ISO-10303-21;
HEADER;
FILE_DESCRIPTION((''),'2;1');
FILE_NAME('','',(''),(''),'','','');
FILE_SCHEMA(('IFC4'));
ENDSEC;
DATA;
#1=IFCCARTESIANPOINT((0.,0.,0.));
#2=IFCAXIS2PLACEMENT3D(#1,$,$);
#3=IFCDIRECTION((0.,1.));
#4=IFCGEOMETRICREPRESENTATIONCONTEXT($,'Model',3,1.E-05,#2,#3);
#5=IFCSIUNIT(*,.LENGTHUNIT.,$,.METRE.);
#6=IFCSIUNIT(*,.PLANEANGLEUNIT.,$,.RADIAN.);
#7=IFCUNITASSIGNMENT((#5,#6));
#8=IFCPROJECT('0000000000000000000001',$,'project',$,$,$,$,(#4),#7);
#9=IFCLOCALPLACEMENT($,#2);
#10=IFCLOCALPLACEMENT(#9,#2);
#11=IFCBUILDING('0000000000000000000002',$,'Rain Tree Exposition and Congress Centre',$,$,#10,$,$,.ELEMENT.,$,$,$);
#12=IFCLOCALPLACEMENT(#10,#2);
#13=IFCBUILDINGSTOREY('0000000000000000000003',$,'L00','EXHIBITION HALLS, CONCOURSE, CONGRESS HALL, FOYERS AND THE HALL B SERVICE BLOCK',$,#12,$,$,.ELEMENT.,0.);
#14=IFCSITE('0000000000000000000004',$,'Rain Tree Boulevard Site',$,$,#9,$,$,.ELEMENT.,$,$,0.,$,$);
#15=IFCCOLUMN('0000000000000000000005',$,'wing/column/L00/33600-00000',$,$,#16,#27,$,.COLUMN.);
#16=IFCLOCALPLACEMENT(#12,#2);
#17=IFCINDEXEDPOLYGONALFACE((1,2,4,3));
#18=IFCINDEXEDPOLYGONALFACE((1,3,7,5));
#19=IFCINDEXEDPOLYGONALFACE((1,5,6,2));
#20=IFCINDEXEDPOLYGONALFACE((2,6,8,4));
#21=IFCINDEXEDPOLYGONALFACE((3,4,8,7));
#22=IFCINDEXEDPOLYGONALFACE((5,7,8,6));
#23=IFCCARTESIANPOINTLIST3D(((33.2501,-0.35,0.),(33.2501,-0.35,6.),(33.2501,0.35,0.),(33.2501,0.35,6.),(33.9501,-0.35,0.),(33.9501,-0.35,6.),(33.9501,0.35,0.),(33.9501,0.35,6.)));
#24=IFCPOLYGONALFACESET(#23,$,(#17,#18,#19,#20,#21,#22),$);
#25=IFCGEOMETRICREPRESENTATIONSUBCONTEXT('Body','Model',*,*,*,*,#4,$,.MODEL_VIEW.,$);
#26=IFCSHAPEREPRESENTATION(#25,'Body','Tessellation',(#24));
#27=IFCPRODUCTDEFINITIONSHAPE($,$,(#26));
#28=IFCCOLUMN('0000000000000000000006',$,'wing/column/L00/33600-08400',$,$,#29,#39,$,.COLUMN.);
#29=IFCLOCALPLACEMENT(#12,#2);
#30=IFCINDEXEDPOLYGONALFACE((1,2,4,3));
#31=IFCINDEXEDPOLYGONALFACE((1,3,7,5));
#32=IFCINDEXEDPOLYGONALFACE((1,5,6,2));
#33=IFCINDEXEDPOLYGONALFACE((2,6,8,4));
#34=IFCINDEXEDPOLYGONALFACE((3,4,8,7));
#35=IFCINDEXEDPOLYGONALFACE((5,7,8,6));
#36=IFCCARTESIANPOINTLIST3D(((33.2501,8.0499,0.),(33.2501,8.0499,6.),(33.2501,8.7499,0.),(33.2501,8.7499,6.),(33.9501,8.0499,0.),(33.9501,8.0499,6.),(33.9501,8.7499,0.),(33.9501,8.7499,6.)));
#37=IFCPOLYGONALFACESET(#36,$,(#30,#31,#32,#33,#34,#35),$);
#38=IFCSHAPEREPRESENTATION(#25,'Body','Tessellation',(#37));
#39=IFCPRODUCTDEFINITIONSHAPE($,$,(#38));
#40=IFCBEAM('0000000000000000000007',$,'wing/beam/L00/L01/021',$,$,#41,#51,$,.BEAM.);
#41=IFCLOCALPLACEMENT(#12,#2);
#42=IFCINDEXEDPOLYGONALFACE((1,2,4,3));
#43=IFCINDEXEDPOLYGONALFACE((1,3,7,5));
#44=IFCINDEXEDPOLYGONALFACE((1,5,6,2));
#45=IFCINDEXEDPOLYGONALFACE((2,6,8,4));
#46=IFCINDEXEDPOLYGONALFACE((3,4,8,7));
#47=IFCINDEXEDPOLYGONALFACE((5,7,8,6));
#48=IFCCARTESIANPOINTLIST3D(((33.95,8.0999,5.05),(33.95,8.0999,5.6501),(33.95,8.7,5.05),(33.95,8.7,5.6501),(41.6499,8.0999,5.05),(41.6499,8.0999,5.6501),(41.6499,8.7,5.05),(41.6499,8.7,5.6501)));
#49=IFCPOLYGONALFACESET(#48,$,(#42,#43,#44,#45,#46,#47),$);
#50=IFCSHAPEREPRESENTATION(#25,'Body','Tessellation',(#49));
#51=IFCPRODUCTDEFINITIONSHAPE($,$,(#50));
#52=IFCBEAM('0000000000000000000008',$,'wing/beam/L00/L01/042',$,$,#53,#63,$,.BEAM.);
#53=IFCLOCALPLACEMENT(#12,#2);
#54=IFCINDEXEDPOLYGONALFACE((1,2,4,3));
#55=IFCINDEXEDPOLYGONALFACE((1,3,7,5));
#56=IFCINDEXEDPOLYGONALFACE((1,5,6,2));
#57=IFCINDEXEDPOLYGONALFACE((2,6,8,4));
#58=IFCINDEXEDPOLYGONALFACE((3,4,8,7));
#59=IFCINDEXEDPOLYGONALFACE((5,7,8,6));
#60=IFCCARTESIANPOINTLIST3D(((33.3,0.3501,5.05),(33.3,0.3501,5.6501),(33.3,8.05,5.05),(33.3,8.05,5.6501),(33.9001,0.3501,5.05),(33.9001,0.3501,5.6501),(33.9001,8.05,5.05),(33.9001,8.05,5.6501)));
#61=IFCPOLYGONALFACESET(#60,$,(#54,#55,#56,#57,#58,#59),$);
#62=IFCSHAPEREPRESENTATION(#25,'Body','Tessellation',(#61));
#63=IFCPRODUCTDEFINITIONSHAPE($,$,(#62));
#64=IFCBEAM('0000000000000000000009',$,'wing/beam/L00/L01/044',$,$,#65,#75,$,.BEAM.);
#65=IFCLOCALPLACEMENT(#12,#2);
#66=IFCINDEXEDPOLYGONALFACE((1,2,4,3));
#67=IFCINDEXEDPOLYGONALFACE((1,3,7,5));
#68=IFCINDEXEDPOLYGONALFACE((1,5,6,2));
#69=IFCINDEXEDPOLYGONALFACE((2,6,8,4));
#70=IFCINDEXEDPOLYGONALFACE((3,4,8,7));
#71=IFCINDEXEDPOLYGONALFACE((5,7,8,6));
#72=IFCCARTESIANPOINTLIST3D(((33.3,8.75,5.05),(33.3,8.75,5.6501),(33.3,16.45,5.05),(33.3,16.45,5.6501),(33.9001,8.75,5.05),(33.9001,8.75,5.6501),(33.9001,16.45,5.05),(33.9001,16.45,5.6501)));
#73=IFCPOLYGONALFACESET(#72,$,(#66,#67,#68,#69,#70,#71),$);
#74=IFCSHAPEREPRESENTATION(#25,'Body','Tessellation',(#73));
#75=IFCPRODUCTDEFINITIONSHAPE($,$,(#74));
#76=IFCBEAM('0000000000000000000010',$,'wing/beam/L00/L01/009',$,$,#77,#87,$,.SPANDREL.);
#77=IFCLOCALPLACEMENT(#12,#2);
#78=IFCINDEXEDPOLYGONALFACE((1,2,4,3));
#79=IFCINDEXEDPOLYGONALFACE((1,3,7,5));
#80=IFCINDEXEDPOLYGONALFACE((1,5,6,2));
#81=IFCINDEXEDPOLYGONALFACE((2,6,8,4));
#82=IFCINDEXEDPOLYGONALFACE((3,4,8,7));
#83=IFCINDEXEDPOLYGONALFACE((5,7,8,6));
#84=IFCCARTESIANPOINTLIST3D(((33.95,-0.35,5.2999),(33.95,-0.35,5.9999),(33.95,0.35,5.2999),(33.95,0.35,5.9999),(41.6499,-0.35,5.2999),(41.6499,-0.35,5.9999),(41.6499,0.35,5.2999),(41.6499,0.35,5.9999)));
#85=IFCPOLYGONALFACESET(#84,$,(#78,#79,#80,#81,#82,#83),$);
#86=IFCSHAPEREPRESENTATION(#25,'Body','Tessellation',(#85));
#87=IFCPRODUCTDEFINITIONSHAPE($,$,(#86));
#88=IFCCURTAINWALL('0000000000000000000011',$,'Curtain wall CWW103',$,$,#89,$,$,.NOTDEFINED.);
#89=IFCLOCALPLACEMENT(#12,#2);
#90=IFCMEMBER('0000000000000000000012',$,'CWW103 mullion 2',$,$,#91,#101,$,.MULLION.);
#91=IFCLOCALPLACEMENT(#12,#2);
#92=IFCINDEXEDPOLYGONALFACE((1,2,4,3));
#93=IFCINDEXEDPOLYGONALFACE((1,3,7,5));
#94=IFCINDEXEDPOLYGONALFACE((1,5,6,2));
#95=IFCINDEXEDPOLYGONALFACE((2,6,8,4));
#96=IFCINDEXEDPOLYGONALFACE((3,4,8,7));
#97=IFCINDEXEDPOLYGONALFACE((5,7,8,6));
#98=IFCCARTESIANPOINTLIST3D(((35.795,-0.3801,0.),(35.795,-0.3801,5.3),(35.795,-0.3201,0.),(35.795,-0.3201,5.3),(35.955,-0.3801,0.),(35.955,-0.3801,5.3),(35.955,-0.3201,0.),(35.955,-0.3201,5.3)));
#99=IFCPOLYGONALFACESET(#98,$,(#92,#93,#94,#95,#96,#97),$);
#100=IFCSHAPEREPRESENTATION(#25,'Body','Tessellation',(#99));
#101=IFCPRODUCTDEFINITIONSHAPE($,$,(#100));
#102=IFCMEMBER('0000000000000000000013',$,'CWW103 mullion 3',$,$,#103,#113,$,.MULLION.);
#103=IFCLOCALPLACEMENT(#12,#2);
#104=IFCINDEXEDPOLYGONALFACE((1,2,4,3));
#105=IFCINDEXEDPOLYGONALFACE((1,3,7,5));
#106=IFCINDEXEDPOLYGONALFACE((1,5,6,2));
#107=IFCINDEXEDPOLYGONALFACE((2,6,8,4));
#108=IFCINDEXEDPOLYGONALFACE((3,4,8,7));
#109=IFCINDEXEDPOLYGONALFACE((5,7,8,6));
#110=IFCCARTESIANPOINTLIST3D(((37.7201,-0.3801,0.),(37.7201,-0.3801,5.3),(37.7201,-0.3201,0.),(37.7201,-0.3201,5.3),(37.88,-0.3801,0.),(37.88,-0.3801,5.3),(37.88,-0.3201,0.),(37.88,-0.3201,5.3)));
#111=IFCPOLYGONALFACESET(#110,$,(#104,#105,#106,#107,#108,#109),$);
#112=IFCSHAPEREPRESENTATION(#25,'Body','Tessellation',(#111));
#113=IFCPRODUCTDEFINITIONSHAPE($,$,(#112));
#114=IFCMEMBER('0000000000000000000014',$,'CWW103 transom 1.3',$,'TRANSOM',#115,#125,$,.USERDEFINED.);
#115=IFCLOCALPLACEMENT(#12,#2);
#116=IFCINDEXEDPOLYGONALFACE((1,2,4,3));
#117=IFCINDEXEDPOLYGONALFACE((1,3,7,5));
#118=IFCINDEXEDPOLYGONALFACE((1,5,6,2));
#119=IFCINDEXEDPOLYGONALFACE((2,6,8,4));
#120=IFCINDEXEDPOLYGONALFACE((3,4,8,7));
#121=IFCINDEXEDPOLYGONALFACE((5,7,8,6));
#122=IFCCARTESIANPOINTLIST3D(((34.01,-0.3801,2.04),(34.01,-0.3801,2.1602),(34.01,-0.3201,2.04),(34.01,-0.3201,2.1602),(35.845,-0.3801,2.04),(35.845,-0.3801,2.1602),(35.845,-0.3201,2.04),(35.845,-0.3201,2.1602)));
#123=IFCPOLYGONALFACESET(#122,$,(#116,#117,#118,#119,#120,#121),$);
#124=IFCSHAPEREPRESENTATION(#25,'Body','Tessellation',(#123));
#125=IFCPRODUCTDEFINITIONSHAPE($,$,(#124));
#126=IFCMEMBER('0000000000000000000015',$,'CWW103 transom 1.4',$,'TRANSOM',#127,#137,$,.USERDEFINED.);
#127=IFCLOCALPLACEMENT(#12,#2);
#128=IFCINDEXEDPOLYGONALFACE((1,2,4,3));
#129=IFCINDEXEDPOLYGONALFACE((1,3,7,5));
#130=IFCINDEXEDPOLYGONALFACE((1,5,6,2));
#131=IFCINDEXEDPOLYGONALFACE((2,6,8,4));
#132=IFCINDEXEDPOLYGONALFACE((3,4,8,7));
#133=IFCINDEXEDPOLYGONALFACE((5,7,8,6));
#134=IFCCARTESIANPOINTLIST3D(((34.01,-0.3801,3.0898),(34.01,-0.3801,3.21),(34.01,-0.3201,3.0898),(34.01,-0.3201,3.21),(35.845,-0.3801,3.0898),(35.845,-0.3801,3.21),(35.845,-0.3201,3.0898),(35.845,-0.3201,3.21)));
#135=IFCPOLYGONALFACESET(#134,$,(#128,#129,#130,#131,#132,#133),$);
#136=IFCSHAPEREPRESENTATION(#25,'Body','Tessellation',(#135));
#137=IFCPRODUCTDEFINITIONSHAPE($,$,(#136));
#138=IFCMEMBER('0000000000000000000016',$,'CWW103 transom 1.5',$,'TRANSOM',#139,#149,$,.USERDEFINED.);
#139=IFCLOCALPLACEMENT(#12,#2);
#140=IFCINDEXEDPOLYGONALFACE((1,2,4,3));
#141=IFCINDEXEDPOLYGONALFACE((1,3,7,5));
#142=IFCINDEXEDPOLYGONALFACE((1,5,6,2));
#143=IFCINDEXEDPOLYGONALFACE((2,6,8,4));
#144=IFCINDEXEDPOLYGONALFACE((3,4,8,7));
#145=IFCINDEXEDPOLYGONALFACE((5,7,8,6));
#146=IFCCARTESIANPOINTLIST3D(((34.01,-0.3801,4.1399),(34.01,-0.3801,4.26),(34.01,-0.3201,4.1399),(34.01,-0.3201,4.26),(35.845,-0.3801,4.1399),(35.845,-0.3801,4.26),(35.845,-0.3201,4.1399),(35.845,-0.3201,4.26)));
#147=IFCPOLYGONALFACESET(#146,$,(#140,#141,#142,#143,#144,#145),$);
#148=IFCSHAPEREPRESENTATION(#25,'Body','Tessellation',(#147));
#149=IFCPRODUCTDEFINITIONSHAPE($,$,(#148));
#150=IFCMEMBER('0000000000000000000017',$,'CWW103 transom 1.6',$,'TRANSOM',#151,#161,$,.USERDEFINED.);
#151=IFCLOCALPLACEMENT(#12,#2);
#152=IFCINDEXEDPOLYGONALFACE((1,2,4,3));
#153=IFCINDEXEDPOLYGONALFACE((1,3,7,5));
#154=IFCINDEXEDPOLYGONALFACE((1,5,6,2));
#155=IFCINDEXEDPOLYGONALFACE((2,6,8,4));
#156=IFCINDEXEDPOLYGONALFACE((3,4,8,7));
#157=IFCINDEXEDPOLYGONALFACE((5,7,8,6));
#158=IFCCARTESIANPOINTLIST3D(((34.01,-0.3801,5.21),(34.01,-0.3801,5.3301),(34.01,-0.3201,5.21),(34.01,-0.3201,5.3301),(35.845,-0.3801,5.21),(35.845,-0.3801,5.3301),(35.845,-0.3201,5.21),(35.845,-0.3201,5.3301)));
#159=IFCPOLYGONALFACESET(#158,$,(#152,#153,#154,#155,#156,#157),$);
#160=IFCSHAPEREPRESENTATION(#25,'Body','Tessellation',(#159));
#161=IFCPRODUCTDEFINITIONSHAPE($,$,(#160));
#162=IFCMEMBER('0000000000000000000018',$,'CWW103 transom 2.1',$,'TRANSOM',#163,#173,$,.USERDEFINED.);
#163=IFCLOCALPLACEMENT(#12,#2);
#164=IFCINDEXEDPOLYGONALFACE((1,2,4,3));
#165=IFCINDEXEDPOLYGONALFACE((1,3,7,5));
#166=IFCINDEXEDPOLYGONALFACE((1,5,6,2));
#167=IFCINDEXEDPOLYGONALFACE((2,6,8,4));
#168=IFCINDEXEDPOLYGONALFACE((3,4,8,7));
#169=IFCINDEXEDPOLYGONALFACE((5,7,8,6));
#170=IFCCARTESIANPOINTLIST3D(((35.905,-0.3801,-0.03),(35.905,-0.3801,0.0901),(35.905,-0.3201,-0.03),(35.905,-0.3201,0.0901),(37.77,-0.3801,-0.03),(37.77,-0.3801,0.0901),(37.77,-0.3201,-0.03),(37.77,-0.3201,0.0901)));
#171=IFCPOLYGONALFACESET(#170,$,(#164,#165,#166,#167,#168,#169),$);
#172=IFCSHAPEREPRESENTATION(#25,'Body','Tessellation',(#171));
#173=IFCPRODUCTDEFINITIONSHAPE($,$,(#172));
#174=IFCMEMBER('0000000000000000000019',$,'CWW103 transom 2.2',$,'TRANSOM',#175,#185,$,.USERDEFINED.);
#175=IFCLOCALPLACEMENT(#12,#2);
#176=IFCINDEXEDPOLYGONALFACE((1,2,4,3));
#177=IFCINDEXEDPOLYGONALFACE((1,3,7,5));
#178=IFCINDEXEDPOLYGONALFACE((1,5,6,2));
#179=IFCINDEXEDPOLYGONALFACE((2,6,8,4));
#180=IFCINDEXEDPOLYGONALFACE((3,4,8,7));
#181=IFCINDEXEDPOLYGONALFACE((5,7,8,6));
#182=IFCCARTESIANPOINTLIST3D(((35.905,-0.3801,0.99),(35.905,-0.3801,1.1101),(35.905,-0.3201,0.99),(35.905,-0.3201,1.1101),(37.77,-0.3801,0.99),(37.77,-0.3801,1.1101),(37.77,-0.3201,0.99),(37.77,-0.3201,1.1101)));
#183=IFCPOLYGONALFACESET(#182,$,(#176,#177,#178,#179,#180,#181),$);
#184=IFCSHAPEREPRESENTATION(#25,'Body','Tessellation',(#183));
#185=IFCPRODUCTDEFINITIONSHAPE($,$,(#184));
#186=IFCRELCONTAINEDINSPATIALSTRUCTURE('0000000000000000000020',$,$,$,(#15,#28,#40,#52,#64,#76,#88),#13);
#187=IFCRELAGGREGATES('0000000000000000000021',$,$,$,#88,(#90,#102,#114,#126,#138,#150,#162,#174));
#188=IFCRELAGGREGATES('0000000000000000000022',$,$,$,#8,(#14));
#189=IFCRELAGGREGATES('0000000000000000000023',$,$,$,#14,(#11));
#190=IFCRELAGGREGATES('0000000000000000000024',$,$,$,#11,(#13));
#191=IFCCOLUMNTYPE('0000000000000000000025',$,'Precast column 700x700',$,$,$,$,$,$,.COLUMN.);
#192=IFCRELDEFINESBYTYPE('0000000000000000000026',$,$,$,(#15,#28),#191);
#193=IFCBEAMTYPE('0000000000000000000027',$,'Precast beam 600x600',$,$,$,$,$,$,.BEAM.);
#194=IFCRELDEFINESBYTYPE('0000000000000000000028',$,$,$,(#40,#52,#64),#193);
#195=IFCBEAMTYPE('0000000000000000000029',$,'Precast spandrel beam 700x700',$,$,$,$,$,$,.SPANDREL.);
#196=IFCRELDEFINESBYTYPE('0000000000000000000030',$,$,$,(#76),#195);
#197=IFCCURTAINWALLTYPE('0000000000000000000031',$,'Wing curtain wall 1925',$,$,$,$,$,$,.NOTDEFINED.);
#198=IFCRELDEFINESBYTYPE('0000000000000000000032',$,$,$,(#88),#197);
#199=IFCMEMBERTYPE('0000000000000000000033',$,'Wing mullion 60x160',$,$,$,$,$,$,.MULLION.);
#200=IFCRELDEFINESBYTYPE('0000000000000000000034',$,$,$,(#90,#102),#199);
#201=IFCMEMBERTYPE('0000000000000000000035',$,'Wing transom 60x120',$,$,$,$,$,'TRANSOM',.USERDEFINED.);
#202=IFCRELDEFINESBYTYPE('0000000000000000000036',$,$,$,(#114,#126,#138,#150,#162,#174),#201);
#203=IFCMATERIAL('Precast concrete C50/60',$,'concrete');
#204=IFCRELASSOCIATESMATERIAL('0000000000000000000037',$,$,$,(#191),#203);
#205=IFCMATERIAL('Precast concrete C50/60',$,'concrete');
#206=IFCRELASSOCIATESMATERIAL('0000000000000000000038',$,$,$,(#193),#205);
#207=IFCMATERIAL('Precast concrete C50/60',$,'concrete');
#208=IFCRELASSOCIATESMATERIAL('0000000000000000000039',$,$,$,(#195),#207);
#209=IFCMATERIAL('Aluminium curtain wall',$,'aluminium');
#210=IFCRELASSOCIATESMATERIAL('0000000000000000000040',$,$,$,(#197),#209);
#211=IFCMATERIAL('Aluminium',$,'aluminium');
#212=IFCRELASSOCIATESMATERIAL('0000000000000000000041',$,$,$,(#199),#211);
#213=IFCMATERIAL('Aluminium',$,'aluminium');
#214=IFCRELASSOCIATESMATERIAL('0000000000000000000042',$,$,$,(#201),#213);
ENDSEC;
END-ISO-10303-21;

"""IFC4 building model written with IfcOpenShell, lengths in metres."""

from ifc_helpers import new_model, si_unit, direction, frame, origin, origin_2d, place, context, subcontext, project, spatial, rectangle, extrude, material, material_profile, profile_set, type_object, element, aggregate, save


model = new_model("IFC4")

# Units and contexts
model_context = context("Model", 3, precision=1e-05, world=origin(), true_north=direction((0.0, 1.0)))
body_context = subcontext(model_context, "Body", "Model", "MODEL_VIEW")
ifc_project = project(units=[si_unit("LENGTHUNIT", "METRE"), si_unit("PLANEANGLEUNIT", "RADIAN")], contexts=[model_context])

# Site, building, storey
site_placement = place(None, origin())
site = spatial("IfcSite", under=ifc_project, at=site_placement, Name="Rain Tree Boulevard Site", CompositionType="ELEMENT", RefElevation=0.0)
building_placement = place(site_placement, origin())
building = spatial("IfcBuilding", under=site, at=building_placement, Name="Rain Tree Exposition and Congress Centre", CompositionType="ELEMENT")
storey_placement = place(building_placement, origin())
storey = spatial("IfcBuildingStorey", under=building, at=storey_placement, Name="L00", Description="EXHIBITION HALLS, CONCOURSE, CONGRESS HALL, FOYERS AND THE HALL B SERVICE BLOCK", CompositionType="ELEMENT", Elevation=0.0)

# Columns
ifc_material_1 = material(Name="Precast concrete C50/60", Category="concrete")
ifc_material_profile_1 = material_profile(ifc_material_1, rectangle(XDim=0.7, YDim=0.7, at=origin_2d()), Name="RC 700x700")
ifc_profile_set_1 = profile_set([ifc_material_profile_1], Name="Precast concrete C50/60")
column_type = type_object("IfcColumnType", Name="Precast column 700x700", PredefinedType="COLUMN", material=ifc_profile_set_1)
for number, where, z_axis, x_axis, name in (
    (1, (33.6001, 0.0, 0.0), (0.0, 0.0, 1.0), (1.0, 0.0, 0.0), "wing/column/L00/33600-00000"),
    (2, (33.6001, 8.3999, 0.0), (0.0, 0.0, 1.0), (1.0, 0.0, 0.0), "wing/column/L00/33600-08400"),
):
    element("IfcColumn", number, at=place(storey_placement, frame(where, z_axis=z_axis, x_axis=x_axis)), inside=storey, type_object=column_type, Name=name, PredefinedType="COLUMN", context=body_context, shape_type="SweptSolid", body=[
        extrude(rectangle(XDim=0.7, YDim=0.7, at=origin_2d()), origin(), (0.0, 0.0, 1.0), 6.0),
    ])

# Beams
ifc_material_2 = material(Name="Precast concrete C50/60", Category="concrete")
ifc_material_profile_2 = material_profile(ifc_material_2, rectangle(XDim=0.6001, YDim=0.6001, at=origin_2d()), Name="RC 600x600")
ifc_profile_set_2 = profile_set([ifc_material_profile_2], Name="Precast concrete C50/60")
beam_type_1 = type_object("IfcBeamType", Name="Precast beam 600x600", PredefinedType="BEAM", material=ifc_profile_set_2)
for number, where, z_axis, x_axis, name in (
    (3, (33.95, 8.3999, 5.3501), (1.0, 0.0, 0.0), (0.0, 1.0, 0.0), "wing/beam/L00/L01/021"),
    (4, (33.6001, 0.3501, 5.3501), (0.0, 1.0, 0.0), (-1.0, 0.0, 0.0), "wing/beam/L00/L01/042"),
    (5, (33.6001, 8.75, 5.3501), (0.0, 1.0, 0.0), (-1.0, 0.0, 0.0), "wing/beam/L00/L01/044"),
):
    element("IfcBeam", number, at=place(storey_placement, frame(where, z_axis=z_axis, x_axis=x_axis)), inside=storey, type_object=beam_type_1, Name=name, PredefinedType="BEAM", context=body_context, shape_type="SweptSolid", body=[
        extrude(rectangle(XDim=0.6001, YDim=0.6001, at=origin_2d()), origin(), (0.0, 0.0, 1.0), 7.7),
    ])
ifc_material_3 = material(Name="Precast concrete C50/60", Category="concrete")
ifc_material_profile_3 = material_profile(ifc_material_3, rectangle(XDim=0.7, YDim=0.7, at=origin_2d()), Name="RC 700x700")
ifc_profile_set_3 = profile_set([ifc_material_profile_3], Name="Precast concrete C50/60")
beam_type_2 = type_object("IfcBeamType", Name="Precast spandrel beam 700x700", PredefinedType="SPANDREL", material=ifc_profile_set_3)
beam_placement = place(storey_placement, frame((33.95, 0.0, 5.6499), z_axis=(1.0, 0.0, 0.0), x_axis=(0.0, 1.0, 0.0)))
element("IfcBeam", 6, at=beam_placement, inside=storey, type_object=beam_type_2, Name="wing/beam/L00/L01/009", PredefinedType="SPANDREL", context=body_context, shape_type="SweptSolid", body=[
    extrude(rectangle(XDim=0.7, YDim=0.7, at=origin_2d()), origin(), (0.0, 0.0, 1.0), 7.7),
])

# Curtain wall, members
ifc_material_4 = material(Name="Aluminium curtain wall", Category="aluminium")
curtain_wall_type = type_object("IfcCurtainWallType", Name="Wing curtain wall 1925", PredefinedType="NOTDEFINED", material=ifc_material_4)
curtain_wall_placement = place(storey_placement, origin())
curtain_wall = element("IfcCurtainWall", 7, at=curtain_wall_placement, inside=storey, type_object=curtain_wall_type, Name="Curtain wall CWW103", PredefinedType="NOTDEFINED")
ifc_material_5 = material(Name="Aluminium", Category="aluminium")
ifc_material_profile_4 = material_profile(ifc_material_5, rectangle(XDim=0.0601, YDim=0.1599, at=origin_2d()), Name="Aluminium 60x160")
ifc_profile_set_4 = profile_set([ifc_material_profile_4], Name="Aluminium")
member_type_1 = type_object("IfcMemberType", Name="Wing mullion 60x160", PredefinedType="MULLION", material=ifc_profile_set_4)
member_1_placement = place(storey_placement, frame((35.875, -0.3501, 0.0), z_axis=(0.0, 0.0, 1.0), x_axis=(0.0, 1.0, 0.0)))
member_1 = element("IfcMember", 8, at=member_1_placement, type_object=member_type_1, Name="CWW103 mullion 2", PredefinedType="MULLION", context=body_context, shape_type="SweptSolid", body=[
    extrude(rectangle(XDim=0.0601, YDim=0.1599, at=origin_2d()), origin(), (0.0, 0.0, 1.0), 5.3),
])
member_2_placement = place(storey_placement, frame((37.8, -0.3501, 0.0), z_axis=(0.0, 0.0, 1.0), x_axis=(0.0, 1.0, 0.0)))
member_2 = element("IfcMember", 9, at=member_2_placement, type_object=member_type_1, Name="CWW103 mullion 3", PredefinedType="MULLION", context=body_context, shape_type="SweptSolid", body=[
    extrude(rectangle(XDim=0.0601, YDim=0.1599, at=origin_2d()), origin(), (0.0, 0.0, 1.0), 5.3),
])
ifc_material_6 = material(Name="Aluminium", Category="aluminium")
ifc_material_profile_5 = material_profile(ifc_material_6, rectangle(XDim=0.0601, YDim=0.1201, at=origin_2d()), Name="Aluminium 60x120")
ifc_profile_set_5 = profile_set([ifc_material_profile_5], Name="Aluminium")
member_type_2 = type_object("IfcMemberType", Name="Wing transom 60x120", ElementType="TRANSOM", PredefinedType="USERDEFINED", material=ifc_profile_set_5)
member_3_placement = place(storey_placement, frame((34.01, -0.3501, 2.1001), z_axis=(1.0, 0.0, 0.0), x_axis=(0.0, 1.0, 0.0)))
member_3 = element("IfcMember", 10, at=member_3_placement, type_object=member_type_2, Name="CWW103 transom 1.3", ObjectType="TRANSOM", PredefinedType="USERDEFINED", context=body_context, shape_type="SweptSolid", body=[
    extrude(rectangle(XDim=0.0601, YDim=0.1201, at=origin_2d()), origin(), (0.0, 0.0, 1.0), 1.835),
])
member_4_placement = place(storey_placement, frame((34.01, -0.3501, 3.1499), z_axis=(1.0, 0.0, 0.0), x_axis=(0.0, 1.0, 0.0)))
member_4 = element("IfcMember", 11, at=member_4_placement, type_object=member_type_2, Name="CWW103 transom 1.4", ObjectType="TRANSOM", PredefinedType="USERDEFINED", context=body_context, shape_type="SweptSolid", body=[
    extrude(rectangle(XDim=0.0601, YDim=0.1201, at=origin_2d()), origin(), (0.0, 0.0, 1.0), 1.835),
])
member_5_placement = place(storey_placement, frame((34.01, -0.3501, 4.2), z_axis=(1.0, 0.0, 0.0), x_axis=(0.0, 1.0, 0.0)))
member_5 = element("IfcMember", 12, at=member_5_placement, type_object=member_type_2, Name="CWW103 transom 1.5", ObjectType="TRANSOM", PredefinedType="USERDEFINED", context=body_context, shape_type="SweptSolid", body=[
    extrude(rectangle(XDim=0.0601, YDim=0.1201, at=origin_2d()), origin(), (0.0, 0.0, 1.0), 1.835),
])
member_6_placement = place(storey_placement, frame((34.01, -0.3501, 5.27), z_axis=(1.0, 0.0, 0.0), x_axis=(0.0, 1.0, 0.0)))
member_6 = element("IfcMember", 13, at=member_6_placement, type_object=member_type_2, Name="CWW103 transom 1.6", ObjectType="TRANSOM", PredefinedType="USERDEFINED", context=body_context, shape_type="SweptSolid", body=[
    extrude(rectangle(XDim=0.0601, YDim=0.1201, at=origin_2d()), origin(), (0.0, 0.0, 1.0), 1.835),
])
member_7_placement = place(storey_placement, frame((35.905, -0.3501, 0.03), z_axis=(1.0, 0.0, 0.0), x_axis=(0.0, 1.0, 0.0)))
member_7 = element("IfcMember", 14, at=member_7_placement, type_object=member_type_2, Name="CWW103 transom 2.1", ObjectType="TRANSOM", PredefinedType="USERDEFINED", context=body_context, shape_type="SweptSolid", body=[
    extrude(rectangle(XDim=0.0601, YDim=0.1201, at=origin_2d()), origin(), (0.0, 0.0, 1.0), 1.865),
])
member_8_placement = place(storey_placement, frame((35.905, -0.3501, 1.05), z_axis=(1.0, 0.0, 0.0), x_axis=(0.0, 1.0, 0.0)))
member_8 = element("IfcMember", 15, at=member_8_placement, type_object=member_type_2, Name="CWW103 transom 2.2", ObjectType="TRANSOM", PredefinedType="USERDEFINED", context=body_context, shape_type="SweptSolid", body=[
    extrude(rectangle(XDim=0.0601, YDim=0.1201, at=origin_2d()), origin(), (0.0, 0.0, 1.0), 1.865),
])
aggregate(curtain_wall, [member_1, member_2, member_3, member_4, member_5, member_6, member_7, member_8])

save(model, "model.ifc")
